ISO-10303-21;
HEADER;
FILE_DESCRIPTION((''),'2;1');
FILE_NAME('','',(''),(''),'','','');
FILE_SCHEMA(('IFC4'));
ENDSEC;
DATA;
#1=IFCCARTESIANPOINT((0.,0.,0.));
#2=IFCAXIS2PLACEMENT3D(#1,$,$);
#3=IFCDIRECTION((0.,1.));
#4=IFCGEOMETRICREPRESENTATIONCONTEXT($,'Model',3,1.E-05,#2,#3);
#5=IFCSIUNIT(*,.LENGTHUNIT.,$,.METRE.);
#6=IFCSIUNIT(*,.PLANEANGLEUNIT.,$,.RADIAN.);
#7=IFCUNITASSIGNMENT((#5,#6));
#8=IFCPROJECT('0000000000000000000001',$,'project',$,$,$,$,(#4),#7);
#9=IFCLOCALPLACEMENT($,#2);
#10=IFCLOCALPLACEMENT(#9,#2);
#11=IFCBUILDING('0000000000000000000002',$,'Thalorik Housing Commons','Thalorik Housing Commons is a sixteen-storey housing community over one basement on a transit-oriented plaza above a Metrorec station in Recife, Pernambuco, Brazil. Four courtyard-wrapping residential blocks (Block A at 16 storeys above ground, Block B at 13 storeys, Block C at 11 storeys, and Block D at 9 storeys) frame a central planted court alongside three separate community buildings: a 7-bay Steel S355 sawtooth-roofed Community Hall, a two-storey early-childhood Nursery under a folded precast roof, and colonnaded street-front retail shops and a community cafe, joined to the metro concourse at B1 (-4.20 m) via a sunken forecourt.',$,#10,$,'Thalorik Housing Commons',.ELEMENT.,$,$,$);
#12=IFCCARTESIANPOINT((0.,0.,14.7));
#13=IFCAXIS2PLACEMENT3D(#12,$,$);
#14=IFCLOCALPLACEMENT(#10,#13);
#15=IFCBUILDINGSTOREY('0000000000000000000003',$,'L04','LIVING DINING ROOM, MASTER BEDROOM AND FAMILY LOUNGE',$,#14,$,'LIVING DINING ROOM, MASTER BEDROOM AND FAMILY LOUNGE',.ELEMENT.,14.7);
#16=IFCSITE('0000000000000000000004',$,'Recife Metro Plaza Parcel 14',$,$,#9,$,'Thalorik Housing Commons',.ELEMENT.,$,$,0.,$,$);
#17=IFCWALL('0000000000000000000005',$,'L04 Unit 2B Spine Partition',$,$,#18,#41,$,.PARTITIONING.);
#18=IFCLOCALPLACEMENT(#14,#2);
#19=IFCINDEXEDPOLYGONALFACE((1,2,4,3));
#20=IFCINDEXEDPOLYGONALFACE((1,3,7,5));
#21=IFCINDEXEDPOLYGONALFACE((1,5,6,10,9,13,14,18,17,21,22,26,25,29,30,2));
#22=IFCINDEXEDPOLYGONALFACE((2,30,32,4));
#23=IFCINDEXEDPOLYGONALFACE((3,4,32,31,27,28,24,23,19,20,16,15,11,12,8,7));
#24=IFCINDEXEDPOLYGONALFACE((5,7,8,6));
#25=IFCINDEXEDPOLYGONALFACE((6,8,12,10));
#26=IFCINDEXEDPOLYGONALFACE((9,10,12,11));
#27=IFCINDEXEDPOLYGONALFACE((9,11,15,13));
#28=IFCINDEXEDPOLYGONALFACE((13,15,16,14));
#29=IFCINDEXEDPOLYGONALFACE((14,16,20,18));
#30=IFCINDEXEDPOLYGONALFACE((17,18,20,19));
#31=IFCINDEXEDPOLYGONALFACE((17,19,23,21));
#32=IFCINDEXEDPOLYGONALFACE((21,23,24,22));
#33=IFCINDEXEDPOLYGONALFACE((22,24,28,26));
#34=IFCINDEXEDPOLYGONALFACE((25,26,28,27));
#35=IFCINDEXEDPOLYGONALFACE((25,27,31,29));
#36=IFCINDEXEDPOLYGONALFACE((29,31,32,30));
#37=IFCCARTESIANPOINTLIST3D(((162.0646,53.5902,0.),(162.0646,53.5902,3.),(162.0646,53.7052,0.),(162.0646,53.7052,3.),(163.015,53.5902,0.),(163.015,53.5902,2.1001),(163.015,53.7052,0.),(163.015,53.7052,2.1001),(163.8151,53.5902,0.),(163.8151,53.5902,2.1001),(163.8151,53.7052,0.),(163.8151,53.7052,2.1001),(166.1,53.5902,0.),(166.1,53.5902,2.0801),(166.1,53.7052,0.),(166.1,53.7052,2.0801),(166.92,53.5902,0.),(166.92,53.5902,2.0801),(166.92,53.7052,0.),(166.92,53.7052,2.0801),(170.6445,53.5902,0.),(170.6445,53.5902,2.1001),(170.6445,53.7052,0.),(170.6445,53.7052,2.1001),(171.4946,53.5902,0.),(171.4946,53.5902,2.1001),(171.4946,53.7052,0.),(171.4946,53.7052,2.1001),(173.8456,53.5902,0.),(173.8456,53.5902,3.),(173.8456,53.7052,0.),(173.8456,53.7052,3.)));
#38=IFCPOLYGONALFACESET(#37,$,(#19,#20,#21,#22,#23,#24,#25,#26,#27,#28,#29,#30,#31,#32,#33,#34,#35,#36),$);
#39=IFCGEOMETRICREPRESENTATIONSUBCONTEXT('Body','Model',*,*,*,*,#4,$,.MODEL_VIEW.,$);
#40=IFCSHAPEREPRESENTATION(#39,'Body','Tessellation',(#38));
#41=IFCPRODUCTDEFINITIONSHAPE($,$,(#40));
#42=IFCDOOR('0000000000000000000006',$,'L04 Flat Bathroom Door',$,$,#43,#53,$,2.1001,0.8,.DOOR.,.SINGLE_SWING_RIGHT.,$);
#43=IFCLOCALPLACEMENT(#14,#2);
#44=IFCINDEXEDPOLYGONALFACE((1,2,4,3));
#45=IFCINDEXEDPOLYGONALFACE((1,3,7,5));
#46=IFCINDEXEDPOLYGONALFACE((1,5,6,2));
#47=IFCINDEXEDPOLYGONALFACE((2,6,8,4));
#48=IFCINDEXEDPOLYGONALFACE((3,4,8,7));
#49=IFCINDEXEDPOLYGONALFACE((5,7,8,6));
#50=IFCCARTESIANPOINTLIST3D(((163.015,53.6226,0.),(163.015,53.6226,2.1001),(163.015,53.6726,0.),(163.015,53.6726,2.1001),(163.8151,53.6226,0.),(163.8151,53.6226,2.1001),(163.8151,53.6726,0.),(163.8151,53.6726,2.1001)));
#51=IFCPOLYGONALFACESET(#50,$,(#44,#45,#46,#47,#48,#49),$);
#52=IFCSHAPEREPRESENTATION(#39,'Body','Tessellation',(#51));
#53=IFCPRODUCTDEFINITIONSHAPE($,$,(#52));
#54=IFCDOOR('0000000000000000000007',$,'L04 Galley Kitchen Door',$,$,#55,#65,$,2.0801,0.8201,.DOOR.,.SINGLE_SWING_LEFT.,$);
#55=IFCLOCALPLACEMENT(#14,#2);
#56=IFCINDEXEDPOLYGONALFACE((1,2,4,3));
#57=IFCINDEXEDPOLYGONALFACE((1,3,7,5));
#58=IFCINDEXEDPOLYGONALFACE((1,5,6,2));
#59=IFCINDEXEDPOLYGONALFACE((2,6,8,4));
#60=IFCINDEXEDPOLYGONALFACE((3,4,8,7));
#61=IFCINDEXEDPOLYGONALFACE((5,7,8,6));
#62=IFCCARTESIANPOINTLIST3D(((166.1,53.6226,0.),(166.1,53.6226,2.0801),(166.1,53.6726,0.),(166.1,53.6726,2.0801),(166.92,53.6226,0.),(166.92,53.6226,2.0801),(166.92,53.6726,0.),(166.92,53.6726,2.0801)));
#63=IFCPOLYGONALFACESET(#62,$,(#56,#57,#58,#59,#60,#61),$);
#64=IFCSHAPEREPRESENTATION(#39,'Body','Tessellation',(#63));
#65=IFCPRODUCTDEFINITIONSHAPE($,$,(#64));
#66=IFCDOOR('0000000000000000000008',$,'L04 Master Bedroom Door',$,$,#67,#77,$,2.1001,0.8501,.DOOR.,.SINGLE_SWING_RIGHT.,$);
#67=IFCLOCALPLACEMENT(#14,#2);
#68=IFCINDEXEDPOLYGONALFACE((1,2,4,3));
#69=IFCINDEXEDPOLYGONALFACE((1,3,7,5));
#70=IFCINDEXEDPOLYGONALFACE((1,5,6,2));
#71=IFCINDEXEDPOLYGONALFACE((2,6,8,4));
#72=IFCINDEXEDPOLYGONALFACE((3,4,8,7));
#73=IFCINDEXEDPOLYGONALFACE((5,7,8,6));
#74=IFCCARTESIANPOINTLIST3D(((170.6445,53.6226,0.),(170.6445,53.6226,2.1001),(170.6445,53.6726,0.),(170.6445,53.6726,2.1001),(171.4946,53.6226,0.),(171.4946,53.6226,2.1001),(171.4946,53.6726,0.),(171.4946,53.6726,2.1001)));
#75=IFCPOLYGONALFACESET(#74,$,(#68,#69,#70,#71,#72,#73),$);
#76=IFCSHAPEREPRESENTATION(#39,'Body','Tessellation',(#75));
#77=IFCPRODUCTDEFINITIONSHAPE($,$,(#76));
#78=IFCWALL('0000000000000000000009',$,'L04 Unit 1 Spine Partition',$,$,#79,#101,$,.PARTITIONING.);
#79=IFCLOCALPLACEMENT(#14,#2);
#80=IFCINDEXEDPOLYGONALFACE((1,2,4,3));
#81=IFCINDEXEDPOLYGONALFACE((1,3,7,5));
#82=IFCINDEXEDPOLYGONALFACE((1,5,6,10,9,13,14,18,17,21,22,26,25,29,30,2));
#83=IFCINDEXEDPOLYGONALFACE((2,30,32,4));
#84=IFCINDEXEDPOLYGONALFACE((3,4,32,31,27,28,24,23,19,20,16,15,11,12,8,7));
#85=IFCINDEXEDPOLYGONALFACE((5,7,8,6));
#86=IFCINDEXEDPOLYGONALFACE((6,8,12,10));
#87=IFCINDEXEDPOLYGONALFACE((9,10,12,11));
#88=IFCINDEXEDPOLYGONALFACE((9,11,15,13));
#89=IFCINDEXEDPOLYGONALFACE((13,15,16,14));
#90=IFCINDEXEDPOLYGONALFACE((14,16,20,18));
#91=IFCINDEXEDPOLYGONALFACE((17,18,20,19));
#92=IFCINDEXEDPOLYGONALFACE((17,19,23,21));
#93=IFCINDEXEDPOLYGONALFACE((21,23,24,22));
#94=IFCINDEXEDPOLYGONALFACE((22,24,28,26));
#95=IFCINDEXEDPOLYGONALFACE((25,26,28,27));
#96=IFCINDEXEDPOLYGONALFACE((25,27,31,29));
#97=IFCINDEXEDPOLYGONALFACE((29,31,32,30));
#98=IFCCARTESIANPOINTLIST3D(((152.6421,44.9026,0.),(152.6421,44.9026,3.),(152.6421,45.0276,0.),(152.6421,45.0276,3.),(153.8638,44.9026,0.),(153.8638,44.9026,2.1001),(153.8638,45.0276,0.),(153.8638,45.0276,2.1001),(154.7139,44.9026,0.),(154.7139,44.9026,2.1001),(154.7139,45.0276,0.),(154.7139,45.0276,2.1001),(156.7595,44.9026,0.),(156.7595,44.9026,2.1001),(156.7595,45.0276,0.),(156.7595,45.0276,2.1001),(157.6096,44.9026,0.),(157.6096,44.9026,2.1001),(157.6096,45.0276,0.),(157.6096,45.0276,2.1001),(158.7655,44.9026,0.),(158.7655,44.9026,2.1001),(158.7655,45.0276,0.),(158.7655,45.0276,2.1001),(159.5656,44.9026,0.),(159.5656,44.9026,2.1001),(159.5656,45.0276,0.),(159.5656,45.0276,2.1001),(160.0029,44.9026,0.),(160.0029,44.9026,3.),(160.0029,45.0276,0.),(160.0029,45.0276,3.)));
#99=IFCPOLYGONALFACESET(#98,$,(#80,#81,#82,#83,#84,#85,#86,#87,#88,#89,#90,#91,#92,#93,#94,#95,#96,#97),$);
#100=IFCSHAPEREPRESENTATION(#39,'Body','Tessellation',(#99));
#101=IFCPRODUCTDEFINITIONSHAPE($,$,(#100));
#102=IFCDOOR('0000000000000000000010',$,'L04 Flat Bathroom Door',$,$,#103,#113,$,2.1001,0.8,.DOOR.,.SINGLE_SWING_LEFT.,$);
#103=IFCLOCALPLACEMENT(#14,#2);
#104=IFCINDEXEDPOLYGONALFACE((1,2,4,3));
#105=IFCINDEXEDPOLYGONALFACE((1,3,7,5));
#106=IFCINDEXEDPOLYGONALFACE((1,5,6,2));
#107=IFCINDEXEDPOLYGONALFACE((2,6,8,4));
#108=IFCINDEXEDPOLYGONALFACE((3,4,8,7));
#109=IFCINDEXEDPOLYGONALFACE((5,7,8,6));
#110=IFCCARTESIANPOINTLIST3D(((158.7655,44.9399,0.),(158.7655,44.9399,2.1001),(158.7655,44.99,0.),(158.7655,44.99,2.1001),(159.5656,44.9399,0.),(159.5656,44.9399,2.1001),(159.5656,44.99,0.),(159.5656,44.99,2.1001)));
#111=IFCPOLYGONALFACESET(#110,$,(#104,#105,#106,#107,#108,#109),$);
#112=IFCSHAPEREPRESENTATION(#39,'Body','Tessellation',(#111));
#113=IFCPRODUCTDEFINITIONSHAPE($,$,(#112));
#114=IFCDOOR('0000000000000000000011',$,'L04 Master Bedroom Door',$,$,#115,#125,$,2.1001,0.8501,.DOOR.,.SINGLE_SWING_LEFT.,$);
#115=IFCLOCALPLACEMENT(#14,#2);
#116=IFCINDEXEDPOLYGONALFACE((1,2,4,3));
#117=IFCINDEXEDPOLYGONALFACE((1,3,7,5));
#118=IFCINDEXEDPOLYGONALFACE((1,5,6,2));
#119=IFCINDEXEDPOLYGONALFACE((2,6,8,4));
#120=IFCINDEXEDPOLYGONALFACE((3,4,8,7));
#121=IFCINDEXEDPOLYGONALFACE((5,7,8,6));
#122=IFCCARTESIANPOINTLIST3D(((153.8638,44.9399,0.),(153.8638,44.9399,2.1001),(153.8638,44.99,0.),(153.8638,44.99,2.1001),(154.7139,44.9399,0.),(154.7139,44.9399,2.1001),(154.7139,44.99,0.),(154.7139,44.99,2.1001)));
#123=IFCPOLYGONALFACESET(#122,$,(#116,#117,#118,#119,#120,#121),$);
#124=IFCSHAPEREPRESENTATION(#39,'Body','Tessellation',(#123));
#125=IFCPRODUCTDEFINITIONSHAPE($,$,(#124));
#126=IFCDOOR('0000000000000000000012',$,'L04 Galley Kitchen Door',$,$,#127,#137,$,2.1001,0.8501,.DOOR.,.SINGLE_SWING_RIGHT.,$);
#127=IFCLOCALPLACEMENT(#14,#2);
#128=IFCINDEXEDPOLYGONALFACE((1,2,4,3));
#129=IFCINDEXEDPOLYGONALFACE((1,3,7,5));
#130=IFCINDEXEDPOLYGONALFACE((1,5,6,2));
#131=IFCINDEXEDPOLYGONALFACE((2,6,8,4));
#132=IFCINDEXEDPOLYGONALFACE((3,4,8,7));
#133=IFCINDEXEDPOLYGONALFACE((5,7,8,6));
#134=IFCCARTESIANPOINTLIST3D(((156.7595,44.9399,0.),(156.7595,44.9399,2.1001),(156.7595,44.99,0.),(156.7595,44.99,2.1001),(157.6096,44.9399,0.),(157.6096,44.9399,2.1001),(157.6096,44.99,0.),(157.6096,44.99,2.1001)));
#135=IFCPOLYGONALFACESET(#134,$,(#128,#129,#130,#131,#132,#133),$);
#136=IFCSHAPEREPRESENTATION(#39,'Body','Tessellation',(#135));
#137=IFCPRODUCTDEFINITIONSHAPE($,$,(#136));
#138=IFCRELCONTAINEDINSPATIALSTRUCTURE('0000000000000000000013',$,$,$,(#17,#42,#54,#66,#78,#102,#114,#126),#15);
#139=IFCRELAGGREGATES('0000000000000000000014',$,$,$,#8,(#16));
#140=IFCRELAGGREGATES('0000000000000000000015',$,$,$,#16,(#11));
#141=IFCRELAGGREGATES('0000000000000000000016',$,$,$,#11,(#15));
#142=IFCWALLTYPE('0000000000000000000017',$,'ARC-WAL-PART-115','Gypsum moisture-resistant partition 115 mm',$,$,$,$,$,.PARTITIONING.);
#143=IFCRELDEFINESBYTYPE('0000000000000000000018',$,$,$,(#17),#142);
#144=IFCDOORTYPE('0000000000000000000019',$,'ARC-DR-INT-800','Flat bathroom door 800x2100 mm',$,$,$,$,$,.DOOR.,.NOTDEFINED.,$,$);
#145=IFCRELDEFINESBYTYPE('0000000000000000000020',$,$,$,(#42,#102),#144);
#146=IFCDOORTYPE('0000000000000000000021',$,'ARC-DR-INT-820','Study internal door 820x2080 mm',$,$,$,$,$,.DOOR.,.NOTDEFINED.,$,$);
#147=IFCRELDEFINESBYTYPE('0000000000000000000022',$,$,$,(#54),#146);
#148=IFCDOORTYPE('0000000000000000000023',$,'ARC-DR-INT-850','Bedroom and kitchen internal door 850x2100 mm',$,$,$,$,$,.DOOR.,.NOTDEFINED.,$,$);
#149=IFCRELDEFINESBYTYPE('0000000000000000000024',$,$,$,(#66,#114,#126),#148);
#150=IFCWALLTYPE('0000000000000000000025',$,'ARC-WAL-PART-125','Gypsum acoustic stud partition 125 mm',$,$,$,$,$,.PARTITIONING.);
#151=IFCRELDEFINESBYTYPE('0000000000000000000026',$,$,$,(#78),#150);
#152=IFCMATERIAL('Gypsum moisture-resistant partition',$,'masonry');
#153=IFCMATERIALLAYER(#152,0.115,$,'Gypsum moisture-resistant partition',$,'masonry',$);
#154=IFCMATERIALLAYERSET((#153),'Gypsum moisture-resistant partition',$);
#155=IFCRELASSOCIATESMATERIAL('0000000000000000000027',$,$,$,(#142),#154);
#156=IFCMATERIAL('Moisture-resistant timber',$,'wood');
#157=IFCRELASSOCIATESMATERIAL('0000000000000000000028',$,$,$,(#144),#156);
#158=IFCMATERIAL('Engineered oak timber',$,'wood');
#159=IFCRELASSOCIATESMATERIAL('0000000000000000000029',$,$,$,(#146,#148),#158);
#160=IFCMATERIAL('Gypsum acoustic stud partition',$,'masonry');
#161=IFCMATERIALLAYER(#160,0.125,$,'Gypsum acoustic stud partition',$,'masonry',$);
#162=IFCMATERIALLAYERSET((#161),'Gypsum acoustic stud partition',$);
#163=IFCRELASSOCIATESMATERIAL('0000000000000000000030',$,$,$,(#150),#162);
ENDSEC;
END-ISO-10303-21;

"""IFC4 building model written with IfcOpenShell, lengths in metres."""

from ifc_helpers import new_model, si_unit, direction, frame, frame_2d, origin, place, context, subcontext, project, spatial, rectangle, extrude, material, layer, layer_set, type_object, element, fill, save


model = new_model("IFC4")

# Units and contexts
model_context = context("Model", 3, precision=1e-05, world=origin(), true_north=direction((0.0, 1.0)))
body_context = subcontext(model_context, "Body", "Model", "MODEL_VIEW")
ifc_project = project(units=[si_unit("LENGTHUNIT", "METRE"), si_unit("PLANEANGLEUNIT", "RADIAN")], contexts=[model_context])

# Site, building, storey
site_placement = place(None, origin())
site = spatial("IfcSite", under=ifc_project, at=site_placement, Name="Recife Metro Plaza Parcel 14", LongName="Thalorik Housing Commons", CompositionType="ELEMENT", RefElevation=0.0)
building_placement = place(site_placement, origin())
building = spatial("IfcBuilding", under=site, at=building_placement, Name="Thalorik Housing Commons", Description="Thalorik Housing Commons is a sixteen-storey housing community over one basement on a transit-oriented plaza above a Metrorec station in Recife, Pernambuco, Brazil. Four courtyard-wrapping residential blocks (Block A at 16 storeys above ground, Block B at 13 storeys, Block C at 11 storeys, and Block D at 9 storeys) frame a central planted court alongside three separate community buildings: a 7-bay Steel S355 sawtooth-roofed Community Hall, a two-storey early-childhood Nursery under a folded precast roof, and colonnaded street-front retail shops and a community cafe, joined to the metro concourse at B1 (-4.20 m) via a sunken forecourt.", LongName="Thalorik Housing Commons", CompositionType="ELEMENT")
storey_placement = place(building_placement, frame((0.0, 0.0, 14.7)))
storey = spatial("IfcBuildingStorey", under=building, at=storey_placement, Name="L04", Description="LIVING DINING ROOM, MASTER BEDROOM AND FAMILY LOUNGE", LongName="LIVING DINING ROOM, MASTER BEDROOM AND FAMILY LOUNGE", CompositionType="ELEMENT", Elevation=14.7)

# Shared definitions
ifc_material_1 = material(Name="Gypsum moisture-resistant partition", Category="masonry")
ifc_layer_1 = layer(ifc_material_1, 0.115, Name="Gypsum moisture-resistant partition", Category="masonry")
ifc_layer_set_1 = layer_set([ifc_layer_1], Name="Gypsum moisture-resistant partition")
wall_type_1 = type_object("IfcWallType", Name="ARC-WAL-PART-115", Description="Gypsum moisture-resistant partition 115 mm", PredefinedType="PARTITIONING", material=ifc_layer_set_1)

# Walls, openings, doors
wall_1_placement = place(storey_placement, frame((162.0645, 53.6477, 0.0), z_axis=(0.0, 0.0, 1.0), x_axis=(1.0, 0.0, 0.0)))
wall_1 = element("IfcWall", 1, at=wall_1_placement, inside=storey, type_object=wall_type_1, Name="L04 Unit 2B Spine Partition", PredefinedType="PARTITIONING", context=body_context, shape_type="SweptSolid", body=[
    extrude(rectangle(XDim=11.781, YDim=0.115, at=frame_2d((5.8906, 0.0))), origin(), (0.0, 0.0, 1.0), 3.0),
])
opening_1_placement = place(wall_1_placement, frame((0.9507, 0.0, 0.0)))
opening_1 = element("IfcOpeningElement", 2, at=opening_1_placement, cuts=wall_1, PredefinedType="OPENING", context=body_context, shape_type="SweptSolid", body=[
    extrude(rectangle(XDim=0.8, YDim=2.1001, at=frame_2d((0.3999, 1.05))), frame((0.0, 0.0674, 0.0), z_axis=(0.0, -1.0, 0.0), x_axis=(1.0, 0.0, 0.0)), (0.0, 0.0, 1.0), 0.135),
])
opening_2_placement = place(wall_1_placement, frame((4.0354, 0.0, 0.0)))
opening_2 = element("IfcOpeningElement", 3, at=opening_2_placement, cuts=wall_1, PredefinedType="OPENING", context=body_context, shape_type="SweptSolid", body=[
    extrude(rectangle(XDim=0.8201, YDim=2.0801, at=frame_2d((0.4102, 1.04))), frame((0.0, 0.0674, 0.0), z_axis=(0.0, -1.0, 0.0), x_axis=(1.0, 0.0, 0.0)), (0.0, 0.0, 1.0), 0.135),
])
opening_3_placement = place(wall_1_placement, frame((8.5801, 0.0, 0.0)))
opening_3 = element("IfcOpeningElement", 4, at=opening_3_placement, cuts=wall_1, PredefinedType="OPENING", context=body_context, shape_type="SweptSolid", body=[
    extrude(rectangle(XDim=0.8501, YDim=2.1001, at=frame_2d((0.425, 1.05))), frame((0.0, 0.0674, 0.0), z_axis=(0.0, -1.0, 0.0), x_axis=(1.0, 0.0, 0.0)), (0.0, 0.0, 1.0), 0.135),
])
ifc_material_2 = material(Name="Moisture-resistant timber", Category="wood")
door_type_1 = type_object("IfcDoorType", Name="ARC-DR-INT-800", Description="Flat bathroom door 800x2100 mm", OperationType="NOTDEFINED", PredefinedType="DOOR", material=ifc_material_2)
door_1_placement = place(opening_1_placement, origin())
door_1 = element("IfcDoor", 5, at=door_1_placement, inside=storey, type_object=door_type_1, Name="L04 Flat Bathroom Door", OperationType="SINGLE_SWING_RIGHT", OverallHeight=2.1001, OverallWidth=0.8, PredefinedType="DOOR", context=body_context, shape_type="SweptSolid", body=[
    extrude(rectangle(XDim=0.8, YDim=2.1001, at=frame_2d((0.3999, 1.05))), frame((0.0, 0.0249, 0.0), z_axis=(0.0, -1.0, 0.0), x_axis=(1.0, 0.0, 0.0)), (0.0, 0.0, 1.0), 0.05),
])
fill(opening_1, door_1)
ifc_material_3 = material(Name="Engineered oak timber", Category="wood")
door_type_2 = type_object("IfcDoorType", Name="ARC-DR-INT-820", Description="Study internal door 820x2080 mm", OperationType="NOTDEFINED", PredefinedType="DOOR", material=ifc_material_3)
door_2_placement = place(opening_2_placement, origin())
door_2 = element("IfcDoor", 6, at=door_2_placement, inside=storey, type_object=door_type_2, Name="L04 Galley Kitchen Door", OperationType="SINGLE_SWING_LEFT", OverallHeight=2.0801, OverallWidth=0.8201, PredefinedType="DOOR", context=body_context, shape_type="SweptSolid", body=[
    extrude(rectangle(XDim=0.8201, YDim=2.0801, at=frame_2d((0.4102, 1.04))), frame((0.0, 0.0249, 0.0), z_axis=(0.0, -1.0, 0.0), x_axis=(1.0, 0.0, 0.0)), (0.0, 0.0, 1.0), 0.05),
])
fill(opening_2, door_2)
door_type_3 = type_object("IfcDoorType", Name="ARC-DR-INT-850", Description="Bedroom and kitchen internal door 850x2100 mm", OperationType="NOTDEFINED", PredefinedType="DOOR", material=ifc_material_3)
door_3_placement = place(opening_3_placement, origin())
door_3 = element("IfcDoor", 7, at=door_3_placement, inside=storey, type_object=door_type_3, Name="L04 Master Bedroom Door", OperationType="SINGLE_SWING_RIGHT", OverallHeight=2.1001, OverallWidth=0.8501, PredefinedType="DOOR", context=body_context, shape_type="SweptSolid", body=[
    extrude(rectangle(XDim=0.8501, YDim=2.1001, at=frame_2d((0.425, 1.05))), frame((0.0, 0.0249, 0.0), z_axis=(0.0, -1.0, 0.0), x_axis=(1.0, 0.0, 0.0)), (0.0, 0.0, 1.0), 0.05),
])
fill(opening_3, door_3)
ifc_material_4 = material(Name="Gypsum acoustic stud partition", Category="masonry")
ifc_layer_2 = layer(ifc_material_4, 0.125, Name="Gypsum acoustic stud partition", Category="masonry")
ifc_layer_set_2 = layer_set([ifc_layer_2], Name="Gypsum acoustic stud partition")
wall_type_2 = type_object("IfcWallType", Name="ARC-WAL-PART-125", Description="Gypsum acoustic stud partition 125 mm", PredefinedType="PARTITIONING", material=ifc_layer_set_2)
wall_2_placement = place(storey_placement, frame((152.6421, 44.9651, 0.0), z_axis=(0.0, 0.0, 1.0), x_axis=(1.0, 0.0, 0.0)))
wall_2 = element("IfcWall", 8, at=wall_2_placement, inside=storey, type_object=wall_type_2, Name="L04 Unit 1 Spine Partition", PredefinedType="PARTITIONING", context=body_context, shape_type="SweptSolid", body=[
    extrude(rectangle(XDim=7.3608, YDim=0.125, at=frame_2d((3.6804, 0.0))), origin(), (0.0, 0.0, 1.0), 3.0),
])
opening_4_placement = place(wall_2_placement, frame((1.2217, 0.0, 0.0)))
opening_4 = element("IfcOpeningElement", 9, at=opening_4_placement, cuts=wall_2, PredefinedType="OPENING", context=body_context, shape_type="SweptSolid", body=[
    extrude(rectangle(XDim=0.8501, YDim=2.1001, at=frame_2d((0.425, 1.05))), frame((0.0, 0.0725, 0.0), z_axis=(0.0, -1.0, 0.0), x_axis=(1.0, 0.0, 0.0)), (0.0, 0.0, 1.0), 0.145),
])
opening_5_placement = place(wall_2_placement, frame((4.1174, 0.0, 0.0)))
opening_5 = element("IfcOpeningElement", 10, at=opening_5_placement, cuts=wall_2, PredefinedType="OPENING", context=body_context, shape_type="SweptSolid", body=[
    extrude(rectangle(XDim=0.8501, YDim=2.1001, at=frame_2d((0.425, 1.05))), frame((0.0, 0.0725, 0.0), z_axis=(0.0, -1.0, 0.0), x_axis=(1.0, 0.0, 0.0)), (0.0, 0.0, 1.0), 0.145),
])
opening_6_placement = place(wall_2_placement, frame((6.1235, 0.0, 0.0)))
opening_6 = element("IfcOpeningElement", 11, at=opening_6_placement, cuts=wall_2, PredefinedType="OPENING", context=body_context, shape_type="SweptSolid", body=[
    extrude(rectangle(XDim=0.8, YDim=2.1001, at=frame_2d((0.3999, 1.05))), frame((0.0, 0.0725, 0.0), z_axis=(0.0, -1.0, 0.0), x_axis=(1.0, 0.0, 0.0)), (0.0, 0.0, 1.0), 0.145),
])
door_4_placement = place(opening_6_placement, origin())
door_4 = element("IfcDoor", 12, at=door_4_placement, inside=storey, type_object=door_type_1, Name="L04 Flat Bathroom Door", OperationType="SINGLE_SWING_LEFT", OverallHeight=2.1001, OverallWidth=0.8, PredefinedType="DOOR", context=body_context, shape_type="SweptSolid", body=[
    extrude(rectangle(XDim=0.8, YDim=2.1001, at=frame_2d((0.3999, 1.05))), frame((0.0, 0.0249, 0.0), z_axis=(0.0, -1.0, 0.0), x_axis=(1.0, 0.0, 0.0)), (0.0, 0.0, 1.0), 0.05),
])
fill(opening_6, door_4)
door_5_placement = place(opening_4_placement, origin())
door_5 = element("IfcDoor", 13, at=door_5_placement, inside=storey, type_object=door_type_3, Name="L04 Master Bedroom Door", OperationType="SINGLE_SWING_LEFT", OverallHeight=2.1001, OverallWidth=0.8501, PredefinedType="DOOR", context=body_context, shape_type="SweptSolid", body=[
    extrude(rectangle(XDim=0.8501, YDim=2.1001, at=frame_2d((0.425, 1.05))), frame((0.0, 0.0249, 0.0), z_axis=(0.0, -1.0, 0.0), x_axis=(1.0, 0.0, 0.0)), (0.0, 0.0, 1.0), 0.05),
])
fill(opening_4, door_5)
door_6_placement = place(opening_5_placement, origin())
door_6 = element("IfcDoor", 14, at=door_6_placement, inside=storey, type_object=door_type_3, Name="L04 Galley Kitchen Door", OperationType="SINGLE_SWING_RIGHT", OverallHeight=2.1001, OverallWidth=0.8501, PredefinedType="DOOR", context=body_context, shape_type="SweptSolid", body=[
    extrude(rectangle(XDim=0.8501, YDim=2.1001, at=frame_2d((0.425, 1.05))), frame((0.0, 0.0249, 0.0), z_axis=(0.0, -1.0, 0.0), x_axis=(1.0, 0.0, 0.0)), (0.0, 0.0, 1.0), 0.05),
])
fill(opening_5, door_6)

save(model, "model.ifc")
